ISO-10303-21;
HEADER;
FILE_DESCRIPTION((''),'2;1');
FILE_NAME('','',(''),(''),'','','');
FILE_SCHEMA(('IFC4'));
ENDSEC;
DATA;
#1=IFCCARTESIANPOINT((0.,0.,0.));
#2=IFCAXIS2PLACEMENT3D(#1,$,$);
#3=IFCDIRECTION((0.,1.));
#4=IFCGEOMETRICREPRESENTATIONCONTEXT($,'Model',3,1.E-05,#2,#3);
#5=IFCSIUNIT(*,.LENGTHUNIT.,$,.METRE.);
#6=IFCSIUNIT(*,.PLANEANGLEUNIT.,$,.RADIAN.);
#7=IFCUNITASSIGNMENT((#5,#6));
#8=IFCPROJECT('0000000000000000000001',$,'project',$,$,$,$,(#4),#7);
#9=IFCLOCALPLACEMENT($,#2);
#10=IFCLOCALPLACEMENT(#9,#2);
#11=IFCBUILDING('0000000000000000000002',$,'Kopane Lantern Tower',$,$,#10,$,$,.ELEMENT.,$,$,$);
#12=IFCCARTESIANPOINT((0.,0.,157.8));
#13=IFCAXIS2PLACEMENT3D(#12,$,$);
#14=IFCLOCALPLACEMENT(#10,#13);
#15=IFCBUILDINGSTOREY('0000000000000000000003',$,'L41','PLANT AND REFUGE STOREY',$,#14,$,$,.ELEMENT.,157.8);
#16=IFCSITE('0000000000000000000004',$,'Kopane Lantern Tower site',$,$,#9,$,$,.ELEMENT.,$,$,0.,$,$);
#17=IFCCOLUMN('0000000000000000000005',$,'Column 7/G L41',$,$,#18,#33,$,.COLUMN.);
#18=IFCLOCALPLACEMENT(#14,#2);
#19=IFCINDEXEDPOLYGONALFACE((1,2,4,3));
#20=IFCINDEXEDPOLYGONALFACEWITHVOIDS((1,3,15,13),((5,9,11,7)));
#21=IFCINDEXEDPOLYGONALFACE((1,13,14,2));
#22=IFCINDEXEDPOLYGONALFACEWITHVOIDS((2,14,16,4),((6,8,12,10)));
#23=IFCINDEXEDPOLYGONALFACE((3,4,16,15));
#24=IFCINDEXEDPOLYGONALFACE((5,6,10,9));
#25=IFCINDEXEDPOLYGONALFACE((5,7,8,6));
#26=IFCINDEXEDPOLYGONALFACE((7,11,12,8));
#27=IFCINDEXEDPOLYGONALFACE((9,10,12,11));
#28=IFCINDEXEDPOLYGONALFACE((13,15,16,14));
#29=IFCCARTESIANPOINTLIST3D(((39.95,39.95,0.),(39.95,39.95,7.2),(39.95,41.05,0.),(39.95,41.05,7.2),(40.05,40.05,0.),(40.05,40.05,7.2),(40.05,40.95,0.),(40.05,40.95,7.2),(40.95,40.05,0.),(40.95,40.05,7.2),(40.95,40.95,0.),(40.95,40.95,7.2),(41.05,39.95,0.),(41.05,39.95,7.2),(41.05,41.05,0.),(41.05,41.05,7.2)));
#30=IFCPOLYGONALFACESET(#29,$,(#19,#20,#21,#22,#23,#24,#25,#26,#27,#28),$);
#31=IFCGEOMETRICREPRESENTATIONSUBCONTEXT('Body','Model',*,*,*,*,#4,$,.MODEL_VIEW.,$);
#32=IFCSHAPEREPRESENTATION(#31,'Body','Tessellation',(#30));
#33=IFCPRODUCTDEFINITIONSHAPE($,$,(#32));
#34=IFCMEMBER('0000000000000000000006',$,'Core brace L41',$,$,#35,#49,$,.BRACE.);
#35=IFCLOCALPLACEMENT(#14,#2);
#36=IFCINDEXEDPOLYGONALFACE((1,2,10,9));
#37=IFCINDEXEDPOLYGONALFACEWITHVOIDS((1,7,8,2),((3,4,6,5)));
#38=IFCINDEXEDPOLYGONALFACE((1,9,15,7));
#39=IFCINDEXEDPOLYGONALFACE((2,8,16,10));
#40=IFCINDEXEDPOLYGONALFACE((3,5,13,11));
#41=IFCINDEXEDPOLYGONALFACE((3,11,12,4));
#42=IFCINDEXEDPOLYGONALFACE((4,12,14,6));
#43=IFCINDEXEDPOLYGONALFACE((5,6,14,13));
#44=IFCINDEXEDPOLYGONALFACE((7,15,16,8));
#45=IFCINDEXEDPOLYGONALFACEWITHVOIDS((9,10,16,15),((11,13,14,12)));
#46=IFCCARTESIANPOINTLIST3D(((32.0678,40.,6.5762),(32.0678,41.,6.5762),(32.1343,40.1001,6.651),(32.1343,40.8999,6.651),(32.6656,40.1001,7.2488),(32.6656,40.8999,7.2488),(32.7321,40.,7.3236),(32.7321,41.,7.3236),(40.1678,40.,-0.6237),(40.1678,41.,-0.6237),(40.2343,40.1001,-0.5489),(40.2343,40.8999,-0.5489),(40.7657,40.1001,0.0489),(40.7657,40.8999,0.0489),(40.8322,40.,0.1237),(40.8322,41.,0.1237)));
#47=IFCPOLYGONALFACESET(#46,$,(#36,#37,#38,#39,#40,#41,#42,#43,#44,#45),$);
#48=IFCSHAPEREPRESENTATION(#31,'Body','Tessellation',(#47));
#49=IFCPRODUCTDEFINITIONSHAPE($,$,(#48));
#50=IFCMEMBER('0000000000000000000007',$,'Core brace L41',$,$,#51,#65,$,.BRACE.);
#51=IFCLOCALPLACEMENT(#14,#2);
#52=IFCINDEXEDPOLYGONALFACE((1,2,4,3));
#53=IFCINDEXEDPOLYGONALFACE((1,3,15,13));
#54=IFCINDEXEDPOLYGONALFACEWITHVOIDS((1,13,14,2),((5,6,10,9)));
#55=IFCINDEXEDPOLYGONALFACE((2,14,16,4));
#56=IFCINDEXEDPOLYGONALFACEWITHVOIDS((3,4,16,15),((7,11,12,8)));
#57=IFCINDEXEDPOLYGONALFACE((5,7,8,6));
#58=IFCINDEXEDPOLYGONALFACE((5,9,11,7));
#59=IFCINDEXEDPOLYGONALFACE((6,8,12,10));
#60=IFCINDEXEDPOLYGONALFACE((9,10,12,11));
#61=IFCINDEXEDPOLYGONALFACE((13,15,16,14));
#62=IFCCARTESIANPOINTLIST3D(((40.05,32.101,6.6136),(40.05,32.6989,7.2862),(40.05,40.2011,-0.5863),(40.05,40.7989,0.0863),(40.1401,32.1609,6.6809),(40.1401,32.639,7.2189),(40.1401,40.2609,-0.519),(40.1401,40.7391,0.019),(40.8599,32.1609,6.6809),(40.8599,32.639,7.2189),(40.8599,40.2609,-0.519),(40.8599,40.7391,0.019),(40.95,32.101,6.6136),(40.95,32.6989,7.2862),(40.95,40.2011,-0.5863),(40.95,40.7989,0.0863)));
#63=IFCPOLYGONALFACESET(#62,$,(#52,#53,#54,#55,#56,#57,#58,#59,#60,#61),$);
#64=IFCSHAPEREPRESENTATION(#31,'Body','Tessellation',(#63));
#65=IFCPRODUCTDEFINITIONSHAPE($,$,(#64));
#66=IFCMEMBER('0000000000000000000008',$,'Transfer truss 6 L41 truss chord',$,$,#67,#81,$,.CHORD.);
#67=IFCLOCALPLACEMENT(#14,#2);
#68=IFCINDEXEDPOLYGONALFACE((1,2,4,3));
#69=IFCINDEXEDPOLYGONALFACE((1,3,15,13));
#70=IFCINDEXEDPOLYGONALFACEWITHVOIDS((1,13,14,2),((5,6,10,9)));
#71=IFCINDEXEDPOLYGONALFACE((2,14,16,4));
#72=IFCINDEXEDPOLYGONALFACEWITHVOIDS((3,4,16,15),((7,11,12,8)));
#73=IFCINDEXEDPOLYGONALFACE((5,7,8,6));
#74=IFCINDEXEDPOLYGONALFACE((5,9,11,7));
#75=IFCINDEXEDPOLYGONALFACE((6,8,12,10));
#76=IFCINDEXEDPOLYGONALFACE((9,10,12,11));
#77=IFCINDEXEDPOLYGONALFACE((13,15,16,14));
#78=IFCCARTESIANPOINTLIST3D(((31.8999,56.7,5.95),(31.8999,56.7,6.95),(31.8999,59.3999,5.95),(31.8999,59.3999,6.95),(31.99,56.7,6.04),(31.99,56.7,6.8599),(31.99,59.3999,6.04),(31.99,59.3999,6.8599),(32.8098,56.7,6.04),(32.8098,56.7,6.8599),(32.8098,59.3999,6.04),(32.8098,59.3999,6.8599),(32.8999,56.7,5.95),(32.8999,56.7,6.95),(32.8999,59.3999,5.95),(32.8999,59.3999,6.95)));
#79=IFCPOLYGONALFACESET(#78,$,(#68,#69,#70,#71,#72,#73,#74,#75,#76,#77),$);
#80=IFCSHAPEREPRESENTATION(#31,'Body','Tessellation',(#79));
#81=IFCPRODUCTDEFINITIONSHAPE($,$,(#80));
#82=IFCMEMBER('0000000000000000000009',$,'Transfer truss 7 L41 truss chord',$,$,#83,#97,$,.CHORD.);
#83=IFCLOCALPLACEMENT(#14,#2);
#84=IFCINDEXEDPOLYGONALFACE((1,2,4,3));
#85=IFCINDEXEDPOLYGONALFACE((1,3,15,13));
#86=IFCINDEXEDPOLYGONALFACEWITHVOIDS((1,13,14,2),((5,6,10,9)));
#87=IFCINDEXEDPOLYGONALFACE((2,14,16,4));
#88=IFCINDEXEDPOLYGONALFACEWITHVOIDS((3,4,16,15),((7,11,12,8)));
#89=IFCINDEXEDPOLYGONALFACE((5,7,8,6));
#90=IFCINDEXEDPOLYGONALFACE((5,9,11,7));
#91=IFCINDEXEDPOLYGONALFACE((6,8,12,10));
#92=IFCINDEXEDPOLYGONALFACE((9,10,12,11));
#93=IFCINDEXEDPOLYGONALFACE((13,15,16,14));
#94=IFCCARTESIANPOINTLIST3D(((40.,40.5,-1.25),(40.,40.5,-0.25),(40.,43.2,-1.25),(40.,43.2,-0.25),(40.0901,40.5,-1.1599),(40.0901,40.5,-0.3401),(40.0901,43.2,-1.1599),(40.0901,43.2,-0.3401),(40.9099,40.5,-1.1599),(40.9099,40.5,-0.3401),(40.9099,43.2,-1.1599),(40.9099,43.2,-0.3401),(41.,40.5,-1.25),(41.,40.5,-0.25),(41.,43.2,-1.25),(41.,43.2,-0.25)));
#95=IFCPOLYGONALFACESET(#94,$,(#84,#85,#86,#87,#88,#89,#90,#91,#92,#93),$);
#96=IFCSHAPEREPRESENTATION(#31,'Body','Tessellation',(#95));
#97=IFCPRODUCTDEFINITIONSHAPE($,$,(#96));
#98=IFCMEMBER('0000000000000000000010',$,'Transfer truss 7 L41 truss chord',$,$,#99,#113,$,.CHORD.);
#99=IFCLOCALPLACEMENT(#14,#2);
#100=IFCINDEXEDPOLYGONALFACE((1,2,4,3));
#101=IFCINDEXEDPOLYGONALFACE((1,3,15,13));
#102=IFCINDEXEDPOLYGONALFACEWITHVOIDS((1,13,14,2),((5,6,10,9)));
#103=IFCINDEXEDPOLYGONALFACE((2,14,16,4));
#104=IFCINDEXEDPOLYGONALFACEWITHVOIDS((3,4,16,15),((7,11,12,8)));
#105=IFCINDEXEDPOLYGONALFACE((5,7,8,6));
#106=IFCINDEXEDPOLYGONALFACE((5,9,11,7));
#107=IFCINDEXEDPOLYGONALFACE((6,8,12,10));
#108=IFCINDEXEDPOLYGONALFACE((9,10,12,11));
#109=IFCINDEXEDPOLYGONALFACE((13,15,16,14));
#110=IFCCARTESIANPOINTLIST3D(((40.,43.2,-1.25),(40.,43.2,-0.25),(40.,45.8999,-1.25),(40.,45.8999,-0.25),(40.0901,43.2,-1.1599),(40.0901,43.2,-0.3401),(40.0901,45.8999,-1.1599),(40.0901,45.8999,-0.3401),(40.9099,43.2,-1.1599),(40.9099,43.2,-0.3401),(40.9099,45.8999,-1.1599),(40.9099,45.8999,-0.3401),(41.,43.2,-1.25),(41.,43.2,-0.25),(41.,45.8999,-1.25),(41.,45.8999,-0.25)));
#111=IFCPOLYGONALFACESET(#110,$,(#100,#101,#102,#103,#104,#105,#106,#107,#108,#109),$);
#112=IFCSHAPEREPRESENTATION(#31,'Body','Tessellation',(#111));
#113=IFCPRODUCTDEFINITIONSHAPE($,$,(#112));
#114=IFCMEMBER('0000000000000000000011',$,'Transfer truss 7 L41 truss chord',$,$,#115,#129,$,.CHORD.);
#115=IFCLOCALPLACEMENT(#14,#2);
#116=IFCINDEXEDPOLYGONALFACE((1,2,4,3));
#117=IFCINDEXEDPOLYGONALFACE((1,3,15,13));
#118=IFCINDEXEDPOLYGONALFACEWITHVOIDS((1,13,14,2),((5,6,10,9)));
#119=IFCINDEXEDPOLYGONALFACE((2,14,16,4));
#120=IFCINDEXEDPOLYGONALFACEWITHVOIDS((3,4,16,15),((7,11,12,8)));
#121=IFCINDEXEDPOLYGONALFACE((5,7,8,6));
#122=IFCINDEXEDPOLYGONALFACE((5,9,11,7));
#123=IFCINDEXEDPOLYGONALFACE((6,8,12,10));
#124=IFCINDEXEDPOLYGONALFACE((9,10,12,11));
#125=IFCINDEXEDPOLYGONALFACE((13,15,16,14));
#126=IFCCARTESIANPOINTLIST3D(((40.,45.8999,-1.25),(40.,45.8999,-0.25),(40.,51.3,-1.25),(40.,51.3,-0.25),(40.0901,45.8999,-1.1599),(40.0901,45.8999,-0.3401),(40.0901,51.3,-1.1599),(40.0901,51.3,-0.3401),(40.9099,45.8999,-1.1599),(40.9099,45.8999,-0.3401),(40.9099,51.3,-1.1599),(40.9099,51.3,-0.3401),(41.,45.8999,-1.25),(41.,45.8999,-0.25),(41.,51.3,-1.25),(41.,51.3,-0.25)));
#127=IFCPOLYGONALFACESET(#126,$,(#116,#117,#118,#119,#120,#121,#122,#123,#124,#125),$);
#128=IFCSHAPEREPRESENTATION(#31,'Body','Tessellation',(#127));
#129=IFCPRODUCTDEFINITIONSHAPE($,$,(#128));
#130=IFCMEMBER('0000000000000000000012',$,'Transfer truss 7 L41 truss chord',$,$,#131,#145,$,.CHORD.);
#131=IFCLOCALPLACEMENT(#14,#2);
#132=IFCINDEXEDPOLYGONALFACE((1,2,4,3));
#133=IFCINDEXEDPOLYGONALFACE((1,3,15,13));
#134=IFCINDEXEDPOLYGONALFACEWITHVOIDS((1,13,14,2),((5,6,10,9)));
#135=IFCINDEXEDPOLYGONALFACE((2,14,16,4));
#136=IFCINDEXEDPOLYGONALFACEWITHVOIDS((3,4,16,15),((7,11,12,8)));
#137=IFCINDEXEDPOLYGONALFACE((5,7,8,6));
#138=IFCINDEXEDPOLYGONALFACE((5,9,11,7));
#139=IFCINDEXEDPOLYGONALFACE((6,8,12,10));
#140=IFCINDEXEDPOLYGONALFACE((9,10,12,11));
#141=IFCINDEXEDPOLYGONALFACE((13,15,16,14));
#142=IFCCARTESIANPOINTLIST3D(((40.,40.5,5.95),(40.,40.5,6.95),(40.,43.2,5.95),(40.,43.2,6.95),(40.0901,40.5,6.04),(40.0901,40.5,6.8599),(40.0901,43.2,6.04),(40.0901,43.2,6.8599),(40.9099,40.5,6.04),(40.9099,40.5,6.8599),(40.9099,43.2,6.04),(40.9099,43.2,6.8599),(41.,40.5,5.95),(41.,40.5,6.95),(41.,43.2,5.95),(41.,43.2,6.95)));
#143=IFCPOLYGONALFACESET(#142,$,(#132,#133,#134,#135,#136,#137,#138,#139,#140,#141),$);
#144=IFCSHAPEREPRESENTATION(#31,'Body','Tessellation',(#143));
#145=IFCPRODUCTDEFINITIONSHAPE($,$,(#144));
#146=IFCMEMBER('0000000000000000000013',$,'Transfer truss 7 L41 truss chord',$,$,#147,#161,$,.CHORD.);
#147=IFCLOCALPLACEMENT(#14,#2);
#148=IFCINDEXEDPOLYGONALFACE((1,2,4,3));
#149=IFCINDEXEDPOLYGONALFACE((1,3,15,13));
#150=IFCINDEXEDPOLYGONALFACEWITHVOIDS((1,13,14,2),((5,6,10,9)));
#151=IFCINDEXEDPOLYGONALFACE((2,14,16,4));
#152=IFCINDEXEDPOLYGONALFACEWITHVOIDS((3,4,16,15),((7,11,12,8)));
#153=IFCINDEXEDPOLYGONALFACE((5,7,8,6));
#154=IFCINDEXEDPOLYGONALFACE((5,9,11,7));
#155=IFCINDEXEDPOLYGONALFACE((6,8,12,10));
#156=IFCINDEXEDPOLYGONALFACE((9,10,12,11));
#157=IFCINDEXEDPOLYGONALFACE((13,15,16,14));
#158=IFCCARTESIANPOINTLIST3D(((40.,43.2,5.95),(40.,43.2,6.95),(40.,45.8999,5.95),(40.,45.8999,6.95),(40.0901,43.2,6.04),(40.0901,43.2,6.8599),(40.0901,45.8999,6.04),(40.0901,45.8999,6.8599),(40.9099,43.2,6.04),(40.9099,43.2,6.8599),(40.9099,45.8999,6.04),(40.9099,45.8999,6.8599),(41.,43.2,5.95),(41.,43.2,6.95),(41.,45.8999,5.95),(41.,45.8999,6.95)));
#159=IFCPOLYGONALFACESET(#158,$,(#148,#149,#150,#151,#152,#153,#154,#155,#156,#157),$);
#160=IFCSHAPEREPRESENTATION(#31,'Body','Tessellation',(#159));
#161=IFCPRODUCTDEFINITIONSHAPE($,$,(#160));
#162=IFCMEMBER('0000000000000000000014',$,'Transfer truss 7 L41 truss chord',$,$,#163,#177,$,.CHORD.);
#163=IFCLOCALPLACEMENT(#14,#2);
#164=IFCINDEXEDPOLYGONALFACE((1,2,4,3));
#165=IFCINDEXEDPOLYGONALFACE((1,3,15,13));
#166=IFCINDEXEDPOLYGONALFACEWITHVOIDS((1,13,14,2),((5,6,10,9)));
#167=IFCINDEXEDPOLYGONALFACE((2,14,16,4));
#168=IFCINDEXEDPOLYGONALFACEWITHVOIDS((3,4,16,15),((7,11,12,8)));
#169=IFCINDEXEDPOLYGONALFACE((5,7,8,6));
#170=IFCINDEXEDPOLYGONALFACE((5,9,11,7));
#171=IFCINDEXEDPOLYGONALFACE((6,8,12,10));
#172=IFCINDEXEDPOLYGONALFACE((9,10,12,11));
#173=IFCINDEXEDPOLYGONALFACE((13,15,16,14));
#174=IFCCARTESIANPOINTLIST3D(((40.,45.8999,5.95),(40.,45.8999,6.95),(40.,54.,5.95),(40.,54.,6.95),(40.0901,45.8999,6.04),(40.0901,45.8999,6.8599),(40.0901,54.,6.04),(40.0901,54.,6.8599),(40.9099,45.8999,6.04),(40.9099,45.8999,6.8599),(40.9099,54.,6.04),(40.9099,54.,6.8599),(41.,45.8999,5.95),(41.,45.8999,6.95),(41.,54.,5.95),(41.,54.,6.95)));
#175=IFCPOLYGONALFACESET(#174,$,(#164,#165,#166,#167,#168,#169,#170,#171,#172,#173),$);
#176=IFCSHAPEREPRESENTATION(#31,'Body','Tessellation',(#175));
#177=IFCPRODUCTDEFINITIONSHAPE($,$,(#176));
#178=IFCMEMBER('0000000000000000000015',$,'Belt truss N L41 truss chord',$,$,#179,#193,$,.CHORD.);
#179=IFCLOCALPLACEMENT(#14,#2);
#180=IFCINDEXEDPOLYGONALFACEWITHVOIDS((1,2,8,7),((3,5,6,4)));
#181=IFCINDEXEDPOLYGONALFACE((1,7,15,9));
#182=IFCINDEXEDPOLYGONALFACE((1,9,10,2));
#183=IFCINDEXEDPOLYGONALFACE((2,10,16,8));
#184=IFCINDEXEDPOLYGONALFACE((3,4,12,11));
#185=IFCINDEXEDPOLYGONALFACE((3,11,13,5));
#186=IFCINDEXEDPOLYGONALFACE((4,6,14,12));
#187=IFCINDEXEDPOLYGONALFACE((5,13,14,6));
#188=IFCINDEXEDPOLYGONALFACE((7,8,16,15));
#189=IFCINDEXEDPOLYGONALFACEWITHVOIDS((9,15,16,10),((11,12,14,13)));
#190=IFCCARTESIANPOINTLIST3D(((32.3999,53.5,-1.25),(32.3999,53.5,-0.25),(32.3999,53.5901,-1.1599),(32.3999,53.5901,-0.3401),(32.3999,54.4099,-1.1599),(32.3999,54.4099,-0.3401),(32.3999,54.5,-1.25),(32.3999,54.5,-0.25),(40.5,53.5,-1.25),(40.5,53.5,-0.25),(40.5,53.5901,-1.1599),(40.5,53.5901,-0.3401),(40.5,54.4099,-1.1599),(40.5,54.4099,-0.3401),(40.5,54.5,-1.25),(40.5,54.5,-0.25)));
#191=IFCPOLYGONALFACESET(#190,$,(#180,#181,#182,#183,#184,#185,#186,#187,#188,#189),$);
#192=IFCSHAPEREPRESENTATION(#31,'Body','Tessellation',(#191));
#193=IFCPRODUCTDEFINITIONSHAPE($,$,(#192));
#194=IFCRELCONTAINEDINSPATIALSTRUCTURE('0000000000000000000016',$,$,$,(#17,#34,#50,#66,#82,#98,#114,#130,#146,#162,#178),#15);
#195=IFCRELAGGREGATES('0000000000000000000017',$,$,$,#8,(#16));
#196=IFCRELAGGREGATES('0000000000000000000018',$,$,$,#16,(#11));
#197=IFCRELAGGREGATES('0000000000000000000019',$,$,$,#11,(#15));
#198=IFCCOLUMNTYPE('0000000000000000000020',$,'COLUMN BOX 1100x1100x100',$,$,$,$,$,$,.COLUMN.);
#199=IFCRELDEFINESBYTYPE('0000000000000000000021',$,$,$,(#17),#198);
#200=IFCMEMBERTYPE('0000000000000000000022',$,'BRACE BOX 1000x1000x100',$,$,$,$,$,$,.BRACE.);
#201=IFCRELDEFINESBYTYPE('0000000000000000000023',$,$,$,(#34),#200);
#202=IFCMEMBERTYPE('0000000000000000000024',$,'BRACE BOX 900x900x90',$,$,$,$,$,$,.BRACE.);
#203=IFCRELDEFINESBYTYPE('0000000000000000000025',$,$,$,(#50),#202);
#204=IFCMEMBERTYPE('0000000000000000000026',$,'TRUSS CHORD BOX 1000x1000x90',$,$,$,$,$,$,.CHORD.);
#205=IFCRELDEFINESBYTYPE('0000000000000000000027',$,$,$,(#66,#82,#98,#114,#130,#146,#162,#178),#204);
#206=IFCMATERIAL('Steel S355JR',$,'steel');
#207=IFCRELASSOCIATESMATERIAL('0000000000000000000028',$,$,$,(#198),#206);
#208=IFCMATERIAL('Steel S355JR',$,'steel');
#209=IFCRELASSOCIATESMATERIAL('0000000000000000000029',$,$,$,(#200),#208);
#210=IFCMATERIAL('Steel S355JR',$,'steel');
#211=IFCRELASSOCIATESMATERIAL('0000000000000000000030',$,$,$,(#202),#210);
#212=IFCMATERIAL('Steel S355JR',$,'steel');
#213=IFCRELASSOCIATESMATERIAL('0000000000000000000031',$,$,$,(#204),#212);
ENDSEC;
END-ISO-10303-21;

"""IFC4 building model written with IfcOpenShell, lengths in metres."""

from ifc_helpers import new_model, si_unit, direction, frame, origin, origin_2d, place, context, subcontext, project, spatial, hollow_rectangle, extrude, material, material_profile, profile_set, type_object, element, save


model = new_model("IFC4")

# Units and contexts
model_context = context("Model", 3, precision=1e-05, world=origin(), true_north=direction((0.0, 1.0)))
body_context = subcontext(model_context, "Body", "Model", "MODEL_VIEW")
ifc_project = project(units=[si_unit("LENGTHUNIT", "METRE"), si_unit("PLANEANGLEUNIT", "RADIAN")], contexts=[model_context])

# Site, building, storey
site_placement = place(None, origin())
site = spatial("IfcSite", under=ifc_project, at=site_placement, Name="Kopane Lantern Tower site", CompositionType="ELEMENT", RefElevation=0.0)
building_placement = place(site_placement, origin())
building = spatial("IfcBuilding", under=site, at=building_placement, Name="Kopane Lantern Tower", CompositionType="ELEMENT")
storey_placement = place(building_placement, frame((0.0, 0.0, 157.8)))
storey = spatial("IfcBuildingStorey", under=building, at=storey_placement, Name="L41", Description="PLANT AND REFUGE STOREY", CompositionType="ELEMENT", Elevation=157.8)

# Column
ifc_material_1 = material(Name="Steel S355JR", Category="steel")
ifc_material_profile_1 = material_profile(ifc_material_1, hollow_rectangle(XDim=1.1001, YDim=1.1001, WallThickness=0.1001, at=origin_2d()), Name="BOX 1100x1100x100")
ifc_profile_set_1 = profile_set([ifc_material_profile_1], Name="Steel S355JR")
column_type = type_object("IfcColumnType", Name="COLUMN BOX 1100x1100x100", PredefinedType="COLUMN", material=ifc_profile_set_1)
column_placement = place(storey_placement, frame((40.5, 40.5, 0.0), z_axis=(0.0, 0.0, 1.0), x_axis=(1.0, 0.0, 0.0)))
element("IfcColumn", 1, at=column_placement, inside=storey, type_object=column_type, Name="Column 7/G L41", PredefinedType="COLUMN", context=body_context, shape_type="SweptSolid", body=[
    extrude(hollow_rectangle(XDim=1.1001, YDim=1.1001, WallThickness=0.1001, at=origin_2d()), origin(), (0.0, 0.0, 1.0), 7.2),
])

# Members
ifc_material_2 = material(Name="Steel S355JR", Category="steel")
ifc_material_profile_2 = material_profile(ifc_material_2, hollow_rectangle(XDim=1.0, YDim=1.0, WallThickness=0.1001, at=origin_2d()), Name="BOX 1000x1000x100")
ifc_profile_set_2 = profile_set([ifc_material_profile_2], Name="Steel S355JR")
member_type_1 = type_object("IfcMemberType", Name="BRACE BOX 1000x1000x100", PredefinedType="BRACE", material=ifc_profile_set_2)
member_1_placement = place(storey_placement, frame((40.5, 40.5, -0.25), z_axis=(-0.747416, 0.0, 0.664357), x_axis=(0.0, -1.0, 0.0)))
element("IfcMember", 2, at=member_1_placement, inside=storey, type_object=member_type_1, Name="Core brace L41", PredefinedType="BRACE", context=body_context, shape_type="SweptSolid", body=[
    extrude(hollow_rectangle(XDim=1.0, YDim=1.0, WallThickness=0.1001, at=origin_2d()), origin(), (0.0, 0.0, 1.0), 10.8374),
])
ifc_material_3 = material(Name="Steel S355JR", Category="steel")
ifc_material_profile_3 = material_profile(ifc_material_3, hollow_rectangle(XDim=0.8999, YDim=0.8999, WallThickness=0.0901, at=origin_2d()), Name="BOX 900x900x90")
ifc_profile_set_3 = profile_set([ifc_material_profile_3], Name="Steel S355JR")
member_type_2 = type_object("IfcMemberType", Name="BRACE BOX 900x900x90", PredefinedType="BRACE", material=ifc_profile_set_3)
member_2_placement = place(storey_placement, frame((40.5, 40.5, -0.25), z_axis=(0.0, -0.747416, 0.664357), x_axis=(1.0, 0.0, 0.0)))
element("IfcMember", 3, at=member_2_placement, inside=storey, type_object=member_type_2, Name="Core brace L41", PredefinedType="BRACE", context=body_context, shape_type="SweptSolid", body=[
    extrude(hollow_rectangle(XDim=0.8999, YDim=0.8999, WallThickness=0.0901, at=origin_2d()), origin(), (0.0, 0.0, 1.0), 10.8374),
])
ifc_material_4 = material(Name="Steel S355JR", Category="steel")
ifc_material_profile_4 = material_profile(ifc_material_4, hollow_rectangle(XDim=1.0, YDim=1.0, WallThickness=0.0901, at=origin_2d()), Name="BOX 1000x1000x90")
ifc_profile_set_4 = profile_set([ifc_material_profile_4], Name="Steel S355JR")
member_type_3 = type_object("IfcMemberType", Name="TRUSS CHORD BOX 1000x1000x90", PredefinedType="CHORD", material=ifc_profile_set_4)
for number, where, z_axis, x_axis, name in (
    (4, (32.3999, 56.7, 6.45), (0.0, 1.0, 0.0), (-1.0, 0.0, 0.0), "Transfer truss 6 L41 truss chord"),
    (5, (40.5, 40.5, -0.75), (0.0, 1.0, 0.0), (-1.0, 0.0, 0.0), "Transfer truss 7 L41 truss chord"),
    (6, (40.5, 43.2, -0.75), (0.0, 1.0, 0.0), (-1.0, 0.0, 0.0), "Transfer truss 7 L41 truss chord"),
):
    element("IfcMember", number, at=place(storey_placement, frame(where, z_axis=z_axis, x_axis=x_axis)), inside=storey, type_object=member_type_3, Name=name, PredefinedType="CHORD", context=body_context, shape_type="SweptSolid", body=[
        extrude(hollow_rectangle(XDim=1.0, YDim=1.0, WallThickness=0.0901, at=origin_2d()), origin(), (0.0, 0.0, 1.0), 2.7),
    ])
member_3_placement = place(storey_placement, frame((40.5, 45.8999, -0.75), z_axis=(0.0, 1.0, 0.0), x_axis=(-1.0, 0.0, 0.0)))
element("IfcMember", 7, at=member_3_placement, inside=storey, type_object=member_type_3, Name="Transfer truss 7 L41 truss chord", PredefinedType="CHORD", context=body_context, shape_type="SweptSolid", body=[
    extrude(hollow_rectangle(XDim=1.0, YDim=1.0, WallThickness=0.0901, at=origin_2d()), origin(), (0.0, 0.0, 1.0), 5.4001),
])
for number, where, z_axis, x_axis, name in (
    (8, (40.5, 40.5, 6.45), (0.0, 1.0, 0.0), (-1.0, 0.0, 0.0), "Transfer truss 7 L41 truss chord"),
    (9, (40.5, 43.2, 6.45), (0.0, 1.0, 0.0), (-1.0, 0.0, 0.0), "Transfer truss 7 L41 truss chord"),
):
    element("IfcMember", number, at=place(storey_placement, frame(where, z_axis=z_axis, x_axis=x_axis)), inside=storey, type_object=member_type_3, Name=name, PredefinedType="CHORD", context=body_context, shape_type="SweptSolid", body=[
        extrude(hollow_rectangle(XDim=1.0, YDim=1.0, WallThickness=0.0901, at=origin_2d()), origin(), (0.0, 0.0, 1.0), 2.7),
    ])
for number, where, z_axis, x_axis, name in (
    (10, (40.5, 45.8999, 6.45), (0.0, 1.0, 0.0), (-1.0, 0.0, 0.0), "Transfer truss 7 L41 truss chord"),
    (11, (32.3999, 54.0, -0.75), (1.0, 0.0, 0.0), (0.0, 1.0, 0.0), "Belt truss N L41 truss chord"),
):
    element("IfcMember", number, at=place(storey_placement, frame(where, z_axis=z_axis, x_axis=x_axis)), inside=storey, type_object=member_type_3, Name=name, PredefinedType="CHORD", context=body_context, shape_type="SweptSolid", body=[
        extrude(hollow_rectangle(XDim=1.0, YDim=1.0, WallThickness=0.0901, at=origin_2d()), origin(), (0.0, 0.0, 1.0), 8.1001),
    ])

save(model, "model.ifc")
